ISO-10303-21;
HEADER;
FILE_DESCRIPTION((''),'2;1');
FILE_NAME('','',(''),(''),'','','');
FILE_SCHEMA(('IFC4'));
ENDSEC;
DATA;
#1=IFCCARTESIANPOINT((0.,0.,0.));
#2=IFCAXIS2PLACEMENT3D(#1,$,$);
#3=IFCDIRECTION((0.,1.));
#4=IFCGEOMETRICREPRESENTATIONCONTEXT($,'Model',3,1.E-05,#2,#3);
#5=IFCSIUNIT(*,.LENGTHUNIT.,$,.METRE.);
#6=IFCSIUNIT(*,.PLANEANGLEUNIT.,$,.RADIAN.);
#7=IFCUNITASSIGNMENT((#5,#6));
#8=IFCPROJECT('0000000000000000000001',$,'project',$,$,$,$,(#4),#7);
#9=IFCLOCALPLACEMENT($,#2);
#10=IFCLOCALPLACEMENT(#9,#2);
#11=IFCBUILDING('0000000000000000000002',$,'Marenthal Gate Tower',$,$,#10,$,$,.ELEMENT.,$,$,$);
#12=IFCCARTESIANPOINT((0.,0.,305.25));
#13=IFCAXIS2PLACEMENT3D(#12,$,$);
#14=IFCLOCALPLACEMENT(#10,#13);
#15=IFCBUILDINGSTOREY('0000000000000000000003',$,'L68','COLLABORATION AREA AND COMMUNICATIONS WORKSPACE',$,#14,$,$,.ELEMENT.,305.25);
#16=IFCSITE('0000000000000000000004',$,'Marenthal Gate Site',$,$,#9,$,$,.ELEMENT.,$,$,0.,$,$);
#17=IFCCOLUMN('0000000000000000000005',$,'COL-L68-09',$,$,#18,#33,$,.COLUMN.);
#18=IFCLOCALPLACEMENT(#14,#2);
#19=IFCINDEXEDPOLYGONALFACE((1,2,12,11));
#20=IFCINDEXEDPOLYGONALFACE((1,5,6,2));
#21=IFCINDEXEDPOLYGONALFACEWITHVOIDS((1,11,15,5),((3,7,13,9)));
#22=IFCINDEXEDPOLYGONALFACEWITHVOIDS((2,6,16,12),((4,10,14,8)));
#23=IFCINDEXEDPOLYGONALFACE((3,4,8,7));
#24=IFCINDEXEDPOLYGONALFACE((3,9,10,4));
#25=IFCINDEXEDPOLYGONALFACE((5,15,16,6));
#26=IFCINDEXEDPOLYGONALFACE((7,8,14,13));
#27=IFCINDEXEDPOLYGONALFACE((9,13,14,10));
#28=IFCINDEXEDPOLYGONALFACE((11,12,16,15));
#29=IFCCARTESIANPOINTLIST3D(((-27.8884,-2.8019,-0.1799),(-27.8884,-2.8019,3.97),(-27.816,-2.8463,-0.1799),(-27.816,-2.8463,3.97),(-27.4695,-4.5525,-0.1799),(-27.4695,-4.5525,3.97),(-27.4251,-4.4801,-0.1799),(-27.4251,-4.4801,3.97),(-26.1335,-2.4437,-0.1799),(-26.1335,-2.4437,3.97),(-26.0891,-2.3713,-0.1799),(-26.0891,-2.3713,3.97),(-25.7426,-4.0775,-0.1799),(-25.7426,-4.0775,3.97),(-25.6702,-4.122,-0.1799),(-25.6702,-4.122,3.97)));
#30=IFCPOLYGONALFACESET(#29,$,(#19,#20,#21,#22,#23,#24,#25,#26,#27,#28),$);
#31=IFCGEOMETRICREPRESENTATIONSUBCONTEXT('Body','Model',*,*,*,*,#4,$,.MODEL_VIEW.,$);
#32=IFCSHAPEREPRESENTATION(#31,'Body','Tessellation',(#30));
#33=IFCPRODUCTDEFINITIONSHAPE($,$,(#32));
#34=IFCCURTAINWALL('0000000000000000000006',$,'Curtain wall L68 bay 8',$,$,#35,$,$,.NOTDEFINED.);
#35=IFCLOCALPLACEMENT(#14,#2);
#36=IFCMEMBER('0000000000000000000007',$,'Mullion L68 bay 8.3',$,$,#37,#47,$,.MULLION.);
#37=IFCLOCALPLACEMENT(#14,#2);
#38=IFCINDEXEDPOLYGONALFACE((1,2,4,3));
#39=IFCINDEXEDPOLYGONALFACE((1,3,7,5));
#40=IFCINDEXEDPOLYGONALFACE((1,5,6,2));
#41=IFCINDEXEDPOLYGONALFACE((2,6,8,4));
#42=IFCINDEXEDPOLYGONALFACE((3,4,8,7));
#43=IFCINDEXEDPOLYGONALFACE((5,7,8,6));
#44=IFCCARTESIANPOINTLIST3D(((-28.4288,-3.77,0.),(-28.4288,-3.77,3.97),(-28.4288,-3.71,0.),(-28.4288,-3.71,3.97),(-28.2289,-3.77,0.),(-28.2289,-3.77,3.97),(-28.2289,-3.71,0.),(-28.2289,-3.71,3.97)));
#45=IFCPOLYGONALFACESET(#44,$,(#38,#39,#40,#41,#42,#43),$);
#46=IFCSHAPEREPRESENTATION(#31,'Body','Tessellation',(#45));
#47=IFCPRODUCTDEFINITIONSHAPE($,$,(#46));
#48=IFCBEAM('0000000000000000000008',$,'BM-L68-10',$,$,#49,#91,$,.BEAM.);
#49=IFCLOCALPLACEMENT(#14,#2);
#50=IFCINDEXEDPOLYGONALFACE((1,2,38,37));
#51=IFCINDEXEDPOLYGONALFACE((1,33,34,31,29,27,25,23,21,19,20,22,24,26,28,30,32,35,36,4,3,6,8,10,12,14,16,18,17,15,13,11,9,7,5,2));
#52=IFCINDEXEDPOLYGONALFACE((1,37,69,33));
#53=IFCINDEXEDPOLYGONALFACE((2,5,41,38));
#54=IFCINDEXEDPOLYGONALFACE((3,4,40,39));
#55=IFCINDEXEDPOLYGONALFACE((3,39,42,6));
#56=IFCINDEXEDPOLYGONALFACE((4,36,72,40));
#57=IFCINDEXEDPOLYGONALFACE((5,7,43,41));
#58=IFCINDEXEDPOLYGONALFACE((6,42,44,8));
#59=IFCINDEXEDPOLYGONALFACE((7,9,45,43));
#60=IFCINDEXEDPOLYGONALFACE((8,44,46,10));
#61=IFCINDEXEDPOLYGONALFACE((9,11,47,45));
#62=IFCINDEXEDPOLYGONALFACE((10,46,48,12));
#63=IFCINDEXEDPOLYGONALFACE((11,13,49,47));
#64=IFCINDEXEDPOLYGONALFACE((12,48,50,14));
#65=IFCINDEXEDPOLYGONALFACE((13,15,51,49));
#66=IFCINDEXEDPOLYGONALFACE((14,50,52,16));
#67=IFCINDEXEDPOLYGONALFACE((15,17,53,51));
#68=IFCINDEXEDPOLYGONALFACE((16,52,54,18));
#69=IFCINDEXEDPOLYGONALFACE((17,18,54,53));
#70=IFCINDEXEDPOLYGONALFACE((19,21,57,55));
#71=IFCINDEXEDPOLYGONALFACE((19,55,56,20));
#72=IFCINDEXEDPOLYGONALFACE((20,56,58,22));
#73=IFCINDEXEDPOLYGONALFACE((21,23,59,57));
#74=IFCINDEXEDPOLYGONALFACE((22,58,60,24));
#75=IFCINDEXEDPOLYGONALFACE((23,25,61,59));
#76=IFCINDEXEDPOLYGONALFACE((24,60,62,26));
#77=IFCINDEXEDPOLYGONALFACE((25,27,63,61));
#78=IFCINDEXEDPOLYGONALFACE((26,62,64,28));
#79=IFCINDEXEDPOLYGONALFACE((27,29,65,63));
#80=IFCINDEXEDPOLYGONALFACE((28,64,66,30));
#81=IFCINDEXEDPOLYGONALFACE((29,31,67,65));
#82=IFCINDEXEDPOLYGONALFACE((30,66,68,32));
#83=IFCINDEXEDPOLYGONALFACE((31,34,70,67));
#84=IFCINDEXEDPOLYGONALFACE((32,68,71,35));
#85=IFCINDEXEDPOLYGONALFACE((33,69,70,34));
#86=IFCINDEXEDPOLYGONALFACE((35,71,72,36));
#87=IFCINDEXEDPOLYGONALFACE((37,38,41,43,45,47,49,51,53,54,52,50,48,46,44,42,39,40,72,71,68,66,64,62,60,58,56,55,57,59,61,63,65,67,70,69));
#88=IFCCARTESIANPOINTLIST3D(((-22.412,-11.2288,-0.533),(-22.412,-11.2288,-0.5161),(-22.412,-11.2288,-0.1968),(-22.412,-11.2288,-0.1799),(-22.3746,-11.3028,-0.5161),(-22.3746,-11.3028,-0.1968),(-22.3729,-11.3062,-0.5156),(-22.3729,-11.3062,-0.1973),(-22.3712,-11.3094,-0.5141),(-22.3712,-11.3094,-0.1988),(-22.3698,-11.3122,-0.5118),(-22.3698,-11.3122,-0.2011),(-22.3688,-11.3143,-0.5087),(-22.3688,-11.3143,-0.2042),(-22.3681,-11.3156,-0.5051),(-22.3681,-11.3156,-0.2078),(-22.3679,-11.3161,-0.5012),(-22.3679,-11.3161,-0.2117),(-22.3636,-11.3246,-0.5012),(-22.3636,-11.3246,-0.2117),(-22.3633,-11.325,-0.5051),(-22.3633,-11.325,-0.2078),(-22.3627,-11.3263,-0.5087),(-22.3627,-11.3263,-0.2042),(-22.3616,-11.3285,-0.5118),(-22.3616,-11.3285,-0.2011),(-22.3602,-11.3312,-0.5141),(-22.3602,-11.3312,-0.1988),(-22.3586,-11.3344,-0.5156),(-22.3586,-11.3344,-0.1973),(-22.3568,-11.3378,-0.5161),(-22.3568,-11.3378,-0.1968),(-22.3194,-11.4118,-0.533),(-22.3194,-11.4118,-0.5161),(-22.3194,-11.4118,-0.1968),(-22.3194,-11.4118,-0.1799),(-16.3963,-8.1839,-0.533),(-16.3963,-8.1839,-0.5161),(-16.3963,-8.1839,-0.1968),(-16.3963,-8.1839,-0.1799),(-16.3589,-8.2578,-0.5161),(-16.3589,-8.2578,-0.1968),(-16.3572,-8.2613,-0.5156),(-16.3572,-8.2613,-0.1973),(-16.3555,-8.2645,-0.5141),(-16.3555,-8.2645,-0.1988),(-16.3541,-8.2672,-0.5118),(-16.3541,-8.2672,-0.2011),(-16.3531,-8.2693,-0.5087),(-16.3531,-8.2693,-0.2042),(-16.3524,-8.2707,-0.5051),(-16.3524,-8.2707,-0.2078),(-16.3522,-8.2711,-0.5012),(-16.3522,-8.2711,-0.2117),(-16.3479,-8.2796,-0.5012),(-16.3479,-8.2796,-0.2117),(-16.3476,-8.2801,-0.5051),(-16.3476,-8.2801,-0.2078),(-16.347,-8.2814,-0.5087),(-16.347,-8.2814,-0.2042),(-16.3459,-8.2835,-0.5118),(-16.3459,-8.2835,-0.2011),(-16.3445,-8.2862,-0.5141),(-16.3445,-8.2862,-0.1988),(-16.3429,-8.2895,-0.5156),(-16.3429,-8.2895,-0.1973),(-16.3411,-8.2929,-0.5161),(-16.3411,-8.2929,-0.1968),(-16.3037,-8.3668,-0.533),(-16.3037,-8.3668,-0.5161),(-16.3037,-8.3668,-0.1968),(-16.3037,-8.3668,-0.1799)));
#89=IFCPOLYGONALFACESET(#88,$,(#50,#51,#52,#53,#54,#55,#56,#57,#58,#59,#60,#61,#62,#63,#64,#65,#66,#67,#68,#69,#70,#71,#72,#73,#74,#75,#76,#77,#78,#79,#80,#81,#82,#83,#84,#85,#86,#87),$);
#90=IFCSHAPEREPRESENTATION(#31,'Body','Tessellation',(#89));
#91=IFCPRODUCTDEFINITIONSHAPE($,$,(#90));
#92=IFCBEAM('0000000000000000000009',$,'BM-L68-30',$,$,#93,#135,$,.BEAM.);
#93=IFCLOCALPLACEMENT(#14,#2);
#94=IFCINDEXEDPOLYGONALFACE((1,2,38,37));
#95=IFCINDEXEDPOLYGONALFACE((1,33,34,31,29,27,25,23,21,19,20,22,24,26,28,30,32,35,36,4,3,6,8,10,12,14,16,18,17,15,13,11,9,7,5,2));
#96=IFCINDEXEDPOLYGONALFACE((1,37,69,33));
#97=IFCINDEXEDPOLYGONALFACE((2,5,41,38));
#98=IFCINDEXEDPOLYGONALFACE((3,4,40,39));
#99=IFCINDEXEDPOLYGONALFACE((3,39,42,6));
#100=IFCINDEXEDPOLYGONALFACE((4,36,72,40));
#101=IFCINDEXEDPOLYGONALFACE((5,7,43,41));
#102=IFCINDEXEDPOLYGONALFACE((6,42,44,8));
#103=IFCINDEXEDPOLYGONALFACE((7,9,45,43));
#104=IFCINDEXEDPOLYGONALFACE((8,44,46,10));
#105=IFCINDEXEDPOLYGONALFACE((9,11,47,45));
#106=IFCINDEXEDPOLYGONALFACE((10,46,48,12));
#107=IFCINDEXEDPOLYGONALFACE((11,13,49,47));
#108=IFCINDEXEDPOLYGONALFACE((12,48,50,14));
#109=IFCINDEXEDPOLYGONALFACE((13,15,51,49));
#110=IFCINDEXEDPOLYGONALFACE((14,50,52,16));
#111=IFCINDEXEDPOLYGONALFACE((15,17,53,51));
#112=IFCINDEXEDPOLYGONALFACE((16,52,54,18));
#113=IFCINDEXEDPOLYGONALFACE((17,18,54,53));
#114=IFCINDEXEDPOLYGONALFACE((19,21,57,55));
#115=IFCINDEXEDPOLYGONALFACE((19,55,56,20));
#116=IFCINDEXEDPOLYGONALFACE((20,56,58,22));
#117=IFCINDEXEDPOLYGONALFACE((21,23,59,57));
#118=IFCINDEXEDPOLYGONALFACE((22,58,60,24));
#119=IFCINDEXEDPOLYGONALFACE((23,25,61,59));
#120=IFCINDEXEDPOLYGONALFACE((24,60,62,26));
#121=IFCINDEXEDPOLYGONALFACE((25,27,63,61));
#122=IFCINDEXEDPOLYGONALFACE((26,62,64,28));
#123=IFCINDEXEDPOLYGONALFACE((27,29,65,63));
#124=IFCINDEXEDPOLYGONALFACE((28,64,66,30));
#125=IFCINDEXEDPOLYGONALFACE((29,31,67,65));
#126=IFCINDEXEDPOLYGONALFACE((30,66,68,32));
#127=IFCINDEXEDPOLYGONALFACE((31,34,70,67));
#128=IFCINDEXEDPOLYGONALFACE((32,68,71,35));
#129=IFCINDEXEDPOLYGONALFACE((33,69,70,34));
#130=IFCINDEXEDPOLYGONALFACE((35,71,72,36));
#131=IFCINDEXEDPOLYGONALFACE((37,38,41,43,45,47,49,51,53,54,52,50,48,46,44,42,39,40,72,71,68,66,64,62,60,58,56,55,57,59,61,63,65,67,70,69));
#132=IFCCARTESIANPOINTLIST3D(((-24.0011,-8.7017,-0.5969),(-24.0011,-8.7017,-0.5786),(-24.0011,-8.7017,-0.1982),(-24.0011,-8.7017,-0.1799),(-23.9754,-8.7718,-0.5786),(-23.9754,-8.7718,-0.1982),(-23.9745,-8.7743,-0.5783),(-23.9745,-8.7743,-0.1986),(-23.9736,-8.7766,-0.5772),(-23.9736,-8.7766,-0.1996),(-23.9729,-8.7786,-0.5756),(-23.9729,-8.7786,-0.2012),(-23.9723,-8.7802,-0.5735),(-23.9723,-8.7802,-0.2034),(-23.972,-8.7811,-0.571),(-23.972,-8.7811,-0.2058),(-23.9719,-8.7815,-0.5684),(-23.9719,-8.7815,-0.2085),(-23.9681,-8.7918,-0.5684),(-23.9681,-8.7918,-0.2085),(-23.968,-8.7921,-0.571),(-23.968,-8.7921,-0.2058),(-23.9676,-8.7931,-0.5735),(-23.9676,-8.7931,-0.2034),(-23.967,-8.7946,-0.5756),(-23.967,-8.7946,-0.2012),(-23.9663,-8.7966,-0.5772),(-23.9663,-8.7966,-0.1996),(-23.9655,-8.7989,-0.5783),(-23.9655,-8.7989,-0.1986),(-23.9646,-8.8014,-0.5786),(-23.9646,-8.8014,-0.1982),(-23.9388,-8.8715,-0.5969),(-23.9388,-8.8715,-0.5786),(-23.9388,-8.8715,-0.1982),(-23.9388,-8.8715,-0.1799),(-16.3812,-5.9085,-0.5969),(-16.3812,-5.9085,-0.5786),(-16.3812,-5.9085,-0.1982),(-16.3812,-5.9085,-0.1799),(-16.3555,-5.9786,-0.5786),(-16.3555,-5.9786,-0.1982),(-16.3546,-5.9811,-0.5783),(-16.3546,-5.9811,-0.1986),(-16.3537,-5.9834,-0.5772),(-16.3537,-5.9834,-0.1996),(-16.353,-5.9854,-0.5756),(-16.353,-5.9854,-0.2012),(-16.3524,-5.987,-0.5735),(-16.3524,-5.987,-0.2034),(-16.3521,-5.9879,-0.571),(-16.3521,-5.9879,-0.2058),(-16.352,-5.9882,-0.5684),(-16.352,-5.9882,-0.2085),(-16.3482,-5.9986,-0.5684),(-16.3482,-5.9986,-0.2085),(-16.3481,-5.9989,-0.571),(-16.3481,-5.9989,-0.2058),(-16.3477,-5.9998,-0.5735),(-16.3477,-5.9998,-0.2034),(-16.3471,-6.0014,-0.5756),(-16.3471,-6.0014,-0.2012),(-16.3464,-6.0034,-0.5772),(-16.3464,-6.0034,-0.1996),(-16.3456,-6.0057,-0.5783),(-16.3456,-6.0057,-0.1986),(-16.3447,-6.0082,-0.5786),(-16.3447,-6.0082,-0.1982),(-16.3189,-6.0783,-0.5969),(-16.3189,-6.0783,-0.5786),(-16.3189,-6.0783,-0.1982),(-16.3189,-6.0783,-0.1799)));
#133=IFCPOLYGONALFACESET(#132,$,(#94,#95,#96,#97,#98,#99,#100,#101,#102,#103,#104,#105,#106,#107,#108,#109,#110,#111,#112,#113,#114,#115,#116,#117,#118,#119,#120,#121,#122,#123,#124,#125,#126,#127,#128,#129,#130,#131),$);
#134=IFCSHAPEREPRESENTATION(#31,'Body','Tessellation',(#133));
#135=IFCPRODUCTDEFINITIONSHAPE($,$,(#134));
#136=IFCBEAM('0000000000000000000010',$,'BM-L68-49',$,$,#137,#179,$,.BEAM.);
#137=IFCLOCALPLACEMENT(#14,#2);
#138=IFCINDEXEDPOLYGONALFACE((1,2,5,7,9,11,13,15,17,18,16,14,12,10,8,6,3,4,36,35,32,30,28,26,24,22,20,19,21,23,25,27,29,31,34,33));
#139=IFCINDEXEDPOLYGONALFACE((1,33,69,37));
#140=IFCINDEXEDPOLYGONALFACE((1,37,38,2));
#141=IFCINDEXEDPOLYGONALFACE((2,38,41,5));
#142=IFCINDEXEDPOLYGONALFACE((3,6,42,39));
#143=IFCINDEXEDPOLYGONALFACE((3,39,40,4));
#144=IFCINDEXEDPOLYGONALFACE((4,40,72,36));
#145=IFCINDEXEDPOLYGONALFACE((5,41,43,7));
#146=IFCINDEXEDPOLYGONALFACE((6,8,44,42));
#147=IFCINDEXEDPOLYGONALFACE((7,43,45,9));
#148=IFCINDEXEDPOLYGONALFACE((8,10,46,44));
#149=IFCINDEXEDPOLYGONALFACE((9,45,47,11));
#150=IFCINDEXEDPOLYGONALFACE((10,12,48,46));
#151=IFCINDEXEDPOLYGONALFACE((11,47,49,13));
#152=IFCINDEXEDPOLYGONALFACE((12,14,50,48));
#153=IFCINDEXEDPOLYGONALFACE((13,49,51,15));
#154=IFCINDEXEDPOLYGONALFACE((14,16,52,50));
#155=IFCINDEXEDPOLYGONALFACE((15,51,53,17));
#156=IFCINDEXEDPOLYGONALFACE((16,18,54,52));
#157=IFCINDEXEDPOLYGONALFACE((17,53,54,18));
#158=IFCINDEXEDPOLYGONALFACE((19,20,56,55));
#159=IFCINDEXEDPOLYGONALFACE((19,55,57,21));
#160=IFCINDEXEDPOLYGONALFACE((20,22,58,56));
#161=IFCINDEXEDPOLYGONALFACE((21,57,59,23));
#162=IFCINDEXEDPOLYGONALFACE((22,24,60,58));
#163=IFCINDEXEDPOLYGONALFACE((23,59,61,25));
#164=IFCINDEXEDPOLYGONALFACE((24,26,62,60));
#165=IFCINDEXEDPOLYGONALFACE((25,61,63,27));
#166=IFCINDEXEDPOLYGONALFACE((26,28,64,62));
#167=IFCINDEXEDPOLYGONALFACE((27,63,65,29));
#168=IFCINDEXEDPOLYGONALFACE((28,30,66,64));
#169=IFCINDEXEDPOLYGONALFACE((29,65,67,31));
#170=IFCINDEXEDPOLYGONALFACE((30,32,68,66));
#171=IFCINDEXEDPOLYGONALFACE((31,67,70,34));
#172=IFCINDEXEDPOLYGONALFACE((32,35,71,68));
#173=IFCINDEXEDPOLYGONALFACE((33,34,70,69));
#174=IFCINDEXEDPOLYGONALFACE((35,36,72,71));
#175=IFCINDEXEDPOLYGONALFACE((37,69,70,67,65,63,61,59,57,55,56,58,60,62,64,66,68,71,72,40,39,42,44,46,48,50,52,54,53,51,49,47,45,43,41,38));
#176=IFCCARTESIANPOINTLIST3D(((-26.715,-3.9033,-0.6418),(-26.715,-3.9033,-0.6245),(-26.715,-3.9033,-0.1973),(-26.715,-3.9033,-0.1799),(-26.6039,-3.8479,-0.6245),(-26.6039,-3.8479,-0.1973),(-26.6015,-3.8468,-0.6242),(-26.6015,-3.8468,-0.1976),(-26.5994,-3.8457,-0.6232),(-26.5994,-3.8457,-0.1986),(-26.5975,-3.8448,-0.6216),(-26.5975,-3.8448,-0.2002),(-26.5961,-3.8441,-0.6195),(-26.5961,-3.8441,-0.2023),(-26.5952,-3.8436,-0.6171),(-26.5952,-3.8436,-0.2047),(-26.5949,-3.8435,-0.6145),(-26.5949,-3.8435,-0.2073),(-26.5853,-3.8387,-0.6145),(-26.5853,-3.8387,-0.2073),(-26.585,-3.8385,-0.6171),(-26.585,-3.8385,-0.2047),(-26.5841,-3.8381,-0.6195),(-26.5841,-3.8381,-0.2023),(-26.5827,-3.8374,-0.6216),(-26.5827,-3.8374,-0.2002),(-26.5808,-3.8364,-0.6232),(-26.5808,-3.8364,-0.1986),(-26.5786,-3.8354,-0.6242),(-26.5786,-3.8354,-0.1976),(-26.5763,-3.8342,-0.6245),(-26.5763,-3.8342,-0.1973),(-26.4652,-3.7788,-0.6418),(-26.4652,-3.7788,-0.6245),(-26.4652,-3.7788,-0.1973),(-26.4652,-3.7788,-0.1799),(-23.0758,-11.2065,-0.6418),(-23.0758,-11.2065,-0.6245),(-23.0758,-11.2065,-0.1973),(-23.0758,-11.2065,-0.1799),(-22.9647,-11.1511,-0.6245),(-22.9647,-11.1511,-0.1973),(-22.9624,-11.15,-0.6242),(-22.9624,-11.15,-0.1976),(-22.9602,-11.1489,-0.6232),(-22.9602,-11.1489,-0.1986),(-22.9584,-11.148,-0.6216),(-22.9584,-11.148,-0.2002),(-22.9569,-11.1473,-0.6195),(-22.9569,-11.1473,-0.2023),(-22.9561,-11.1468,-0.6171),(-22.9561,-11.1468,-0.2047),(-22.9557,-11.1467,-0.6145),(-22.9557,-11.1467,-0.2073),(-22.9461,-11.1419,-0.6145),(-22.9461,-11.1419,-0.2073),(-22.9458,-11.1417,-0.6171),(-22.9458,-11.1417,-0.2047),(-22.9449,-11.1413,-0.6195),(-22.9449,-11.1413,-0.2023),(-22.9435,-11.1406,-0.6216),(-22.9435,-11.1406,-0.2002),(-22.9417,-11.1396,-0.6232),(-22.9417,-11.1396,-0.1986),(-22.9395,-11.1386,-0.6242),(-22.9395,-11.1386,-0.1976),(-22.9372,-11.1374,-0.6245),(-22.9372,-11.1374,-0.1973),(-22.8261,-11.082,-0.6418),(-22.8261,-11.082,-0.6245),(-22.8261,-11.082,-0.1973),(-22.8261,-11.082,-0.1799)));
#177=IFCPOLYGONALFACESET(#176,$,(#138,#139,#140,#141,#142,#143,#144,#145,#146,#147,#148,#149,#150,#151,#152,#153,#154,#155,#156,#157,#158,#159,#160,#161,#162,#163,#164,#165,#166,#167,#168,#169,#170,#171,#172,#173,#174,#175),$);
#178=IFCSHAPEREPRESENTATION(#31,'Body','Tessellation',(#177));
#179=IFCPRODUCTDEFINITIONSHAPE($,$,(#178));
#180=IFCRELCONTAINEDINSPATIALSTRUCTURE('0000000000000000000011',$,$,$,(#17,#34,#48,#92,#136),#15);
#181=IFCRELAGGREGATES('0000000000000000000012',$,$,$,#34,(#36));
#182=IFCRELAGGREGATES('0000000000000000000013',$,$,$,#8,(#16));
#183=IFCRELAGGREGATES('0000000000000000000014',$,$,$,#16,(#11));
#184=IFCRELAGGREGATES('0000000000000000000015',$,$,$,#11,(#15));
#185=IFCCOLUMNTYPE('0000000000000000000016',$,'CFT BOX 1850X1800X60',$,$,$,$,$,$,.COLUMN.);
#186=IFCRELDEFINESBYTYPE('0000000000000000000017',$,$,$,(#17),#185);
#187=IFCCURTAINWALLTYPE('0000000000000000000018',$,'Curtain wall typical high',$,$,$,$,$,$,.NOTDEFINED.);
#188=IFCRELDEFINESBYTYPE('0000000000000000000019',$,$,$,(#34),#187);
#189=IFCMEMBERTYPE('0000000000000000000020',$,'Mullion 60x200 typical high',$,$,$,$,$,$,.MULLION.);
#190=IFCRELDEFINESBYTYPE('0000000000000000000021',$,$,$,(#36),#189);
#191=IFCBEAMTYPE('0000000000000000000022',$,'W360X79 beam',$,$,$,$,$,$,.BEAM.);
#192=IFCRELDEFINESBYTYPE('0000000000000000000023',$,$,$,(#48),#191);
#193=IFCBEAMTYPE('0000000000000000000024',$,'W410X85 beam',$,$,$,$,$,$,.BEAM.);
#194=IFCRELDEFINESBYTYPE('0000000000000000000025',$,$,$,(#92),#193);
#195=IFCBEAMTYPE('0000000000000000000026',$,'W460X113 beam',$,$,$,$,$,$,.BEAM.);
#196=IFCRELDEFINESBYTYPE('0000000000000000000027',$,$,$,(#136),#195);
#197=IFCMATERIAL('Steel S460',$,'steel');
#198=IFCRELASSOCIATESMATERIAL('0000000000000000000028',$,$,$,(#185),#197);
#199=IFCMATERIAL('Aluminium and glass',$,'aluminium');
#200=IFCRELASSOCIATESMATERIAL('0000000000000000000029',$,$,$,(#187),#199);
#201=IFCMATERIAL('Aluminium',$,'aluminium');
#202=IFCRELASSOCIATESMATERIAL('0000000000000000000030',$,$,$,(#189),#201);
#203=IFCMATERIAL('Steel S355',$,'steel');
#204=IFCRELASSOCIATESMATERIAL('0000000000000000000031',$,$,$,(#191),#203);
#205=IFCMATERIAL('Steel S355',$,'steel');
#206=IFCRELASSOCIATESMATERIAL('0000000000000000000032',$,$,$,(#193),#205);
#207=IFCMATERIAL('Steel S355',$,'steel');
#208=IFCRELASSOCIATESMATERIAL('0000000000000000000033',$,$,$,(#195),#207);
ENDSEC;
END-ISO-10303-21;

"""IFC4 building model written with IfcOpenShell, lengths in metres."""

from ifc_helpers import new_model, si_unit, direction, frame, origin, origin_2d, place, context, subcontext, project, spatial, rectangle, hollow_rectangle, i_section, extrude, material, material_profile, profile_set, type_object, element, aggregate, save


model = new_model("IFC4")

# Units and contexts
model_context = context("Model", 3, precision=1e-05, world=origin(), true_north=direction((0.0, 1.0)))
body_context = subcontext(model_context, "Body", "Model", "MODEL_VIEW")
ifc_project = project(units=[si_unit("LENGTHUNIT", "METRE"), si_unit("PLANEANGLEUNIT", "RADIAN")], contexts=[model_context])

# Site, building, storey
site_placement = place(None, origin())
site = spatial("IfcSite", under=ifc_project, at=site_placement, Name="Marenthal Gate Site", CompositionType="ELEMENT", RefElevation=0.0)
building_placement = place(site_placement, origin())
building = spatial("IfcBuilding", under=site, at=building_placement, Name="Marenthal Gate Tower", CompositionType="ELEMENT")
storey_placement = place(building_placement, frame((0.0, 0.0, 305.25)))
storey = spatial("IfcBuildingStorey", under=building, at=storey_placement, Name="L68", Description="COLLABORATION AREA AND COMMUNICATIONS WORKSPACE", CompositionType="ELEMENT", Elevation=305.25)

# Column
ifc_material_1 = material(Name="Steel S460", Category="steel")
ifc_material_profile_1 = material_profile(ifc_material_1, hollow_rectangle(XDim=1.8, YDim=1.8501, WallThickness=0.0601, at=origin_2d()), Name="CFT BOX 1850X1800X60")
ifc_material_2 = material(Name="Concrete 70 MPa", Category="concrete")
ifc_material_profile_2 = material_profile(ifc_material_2, rectangle(XDim=1.6799, YDim=1.73, at=origin_2d()), Name="CFT BOX 1850X1800X60 INFILL")
ifc_profile_set_1 = profile_set([ifc_material_profile_1, ifc_material_profile_2], Name="Steel S460 shell, Concrete 70 MPa infill")
column_type = type_object("IfcColumnType", Name="CFT BOX 1850X1800X60", PredefinedType="COLUMN", material=ifc_profile_set_1)
column_placement = place(storey_placement, frame((-26.7793, -3.4619, -0.1799), z_axis=(0.0, 0.0, 1.0), x_axis=(-0.232716, 0.972545, 0.0)))
element("IfcColumn", 1, at=column_placement, inside=storey, type_object=column_type, Name="COL-L68-09", PredefinedType="COLUMN", context=body_context, shape_type="SweptSolid", body=[
    extrude(hollow_rectangle(XDim=1.8, YDim=1.8501, WallThickness=0.0601, at=origin_2d()), origin(), (0.0, 0.0, 1.0), 4.1499),
])

# Curtain wall, member
ifc_material_3 = material(Name="Aluminium and glass", Category="aluminium")
curtain_wall_type = type_object("IfcCurtainWallType", Name="Curtain wall typical high", PredefinedType="NOTDEFINED", material=ifc_material_3)
curtain_wall_placement = place(storey_placement, origin())
curtain_wall = element("IfcCurtainWall", 2, at=curtain_wall_placement, inside=storey, type_object=curtain_wall_type, Name="Curtain wall L68 bay 8", PredefinedType="NOTDEFINED")
ifc_material_4 = material(Name="Aluminium", Category="aluminium")
ifc_material_profile_3 = material_profile(ifc_material_4, rectangle(XDim=0.2, YDim=0.0601, at=origin_2d()), Name="60x200 aluminium mullion")
ifc_profile_set_2 = profile_set([ifc_material_profile_3], Name="Aluminium")
member_type = type_object("IfcMemberType", Name="Mullion 60x200 typical high", PredefinedType="MULLION", material=ifc_profile_set_2)
member_placement = place(storey_placement, frame((-28.3289, -3.74, 0.0), z_axis=(0.0, 0.0, 1.0), x_axis=(1.0, 0.0, 0.0)))
member = element("IfcMember", 3, at=member_placement, type_object=member_type, Name="Mullion L68 bay 8.3", PredefinedType="MULLION", context=body_context, shape_type="SweptSolid", body=[
    extrude(rectangle(XDim=0.2, YDim=0.0601, at=origin_2d()), origin(), (0.0, 0.0, 1.0), 3.97),
])

# Beams
ifc_material_5 = material(Name="Steel S355", Category="steel")
ifc_material_profile_4 = material_profile(ifc_material_5, i_section(OverallWidth=0.2051, OverallDepth=0.353, WebThickness=0.0095, FlangeThickness=0.0168, FilletRadius=0.0149, at=origin_2d()), Name="W360X79")
ifc_profile_set_3 = profile_set([ifc_material_profile_4], Name="Steel S355")
beam_type_1 = type_object("IfcBeamType", Name="W360X79 beam", PredefinedType="BEAM", material=ifc_profile_set_3)
beam_1_placement = place(storey_placement, frame((-22.3657, -11.3203, -0.3564), z_axis=(0.892215, 0.451611, 0.0), x_axis=(-0.451611, 0.892215, 0.0)))
element("IfcBeam", 4, at=beam_1_placement, inside=storey, type_object=beam_type_1, Name="BM-L68-10", PredefinedType="BEAM", context=body_context, shape_type="SweptSolid", body=[
    extrude(i_section(OverallWidth=0.2051, OverallDepth=0.353, WebThickness=0.0095, FlangeThickness=0.0168, FilletRadius=0.0149, at=origin_2d()), origin(), (0.0, 0.0, 1.0), 6.7424),
])
ifc_material_6 = material(Name="Steel S355", Category="steel")
ifc_material_profile_5 = material_profile(ifc_material_6, i_section(OverallWidth=0.1809, OverallDepth=0.417, WebThickness=0.011, FlangeThickness=0.0183, FilletRadius=0.0103, at=origin_2d()), Name="W410X85")
ifc_profile_set_4 = profile_set([ifc_material_profile_5], Name="Steel S355")
beam_type_2 = type_object("IfcBeamType", Name="W410X85 beam", PredefinedType="BEAM", material=ifc_profile_set_4)
beam_2_placement = place(storey_placement, frame((-23.97, -8.7866, -0.3884), z_axis=(0.938906, 0.344174, 0.0), x_axis=(-0.344174, 0.938906, 0.0)))
element("IfcBeam", 5, at=beam_2_placement, inside=storey, type_object=beam_type_2, Name="BM-L68-30", PredefinedType="BEAM", context=body_context, shape_type="SweptSolid", body=[
    extrude(i_section(OverallWidth=0.1809, OverallDepth=0.417, WebThickness=0.011, FlangeThickness=0.0183, FilletRadius=0.0103, at=origin_2d()), origin(), (0.0, 0.0, 1.0), 8.1157),
])
ifc_material_7 = material(Name="Steel S355", Category="steel")
ifc_material_profile_6 = material_profile(ifc_material_7, i_section(OverallWidth=0.2791, OverallDepth=0.4619, WebThickness=0.0107, FlangeThickness=0.0173, FilletRadius=0.01, at=origin_2d()), Name="W460X113")
ifc_profile_set_5 = profile_set([ifc_material_profile_6], Name="Steel S355")
beam_type_3 = type_object("IfcBeamType", Name="W460X113 beam", PredefinedType="BEAM", material=ifc_profile_set_5)
beam_3_placement = place(storey_placement, frame((-26.5901, -3.8411, -0.4109), z_axis=(0.445992, -0.895037, 0.0), x_axis=(0.895037, 0.445992, 0.0)))
element("IfcBeam", 6, at=beam_3_placement, inside=storey, type_object=beam_type_3, Name="BM-L68-49", PredefinedType="BEAM", context=body_context, shape_type="SweptSolid", body=[
    extrude(i_section(OverallWidth=0.2791, OverallDepth=0.4619, WebThickness=0.0107, FlangeThickness=0.0173, FilletRadius=0.01, at=origin_2d()), origin(), (0.0, 0.0, 1.0), 8.1597),
])

aggregate(curtain_wall, [member])

save(model, "model.ifc")
